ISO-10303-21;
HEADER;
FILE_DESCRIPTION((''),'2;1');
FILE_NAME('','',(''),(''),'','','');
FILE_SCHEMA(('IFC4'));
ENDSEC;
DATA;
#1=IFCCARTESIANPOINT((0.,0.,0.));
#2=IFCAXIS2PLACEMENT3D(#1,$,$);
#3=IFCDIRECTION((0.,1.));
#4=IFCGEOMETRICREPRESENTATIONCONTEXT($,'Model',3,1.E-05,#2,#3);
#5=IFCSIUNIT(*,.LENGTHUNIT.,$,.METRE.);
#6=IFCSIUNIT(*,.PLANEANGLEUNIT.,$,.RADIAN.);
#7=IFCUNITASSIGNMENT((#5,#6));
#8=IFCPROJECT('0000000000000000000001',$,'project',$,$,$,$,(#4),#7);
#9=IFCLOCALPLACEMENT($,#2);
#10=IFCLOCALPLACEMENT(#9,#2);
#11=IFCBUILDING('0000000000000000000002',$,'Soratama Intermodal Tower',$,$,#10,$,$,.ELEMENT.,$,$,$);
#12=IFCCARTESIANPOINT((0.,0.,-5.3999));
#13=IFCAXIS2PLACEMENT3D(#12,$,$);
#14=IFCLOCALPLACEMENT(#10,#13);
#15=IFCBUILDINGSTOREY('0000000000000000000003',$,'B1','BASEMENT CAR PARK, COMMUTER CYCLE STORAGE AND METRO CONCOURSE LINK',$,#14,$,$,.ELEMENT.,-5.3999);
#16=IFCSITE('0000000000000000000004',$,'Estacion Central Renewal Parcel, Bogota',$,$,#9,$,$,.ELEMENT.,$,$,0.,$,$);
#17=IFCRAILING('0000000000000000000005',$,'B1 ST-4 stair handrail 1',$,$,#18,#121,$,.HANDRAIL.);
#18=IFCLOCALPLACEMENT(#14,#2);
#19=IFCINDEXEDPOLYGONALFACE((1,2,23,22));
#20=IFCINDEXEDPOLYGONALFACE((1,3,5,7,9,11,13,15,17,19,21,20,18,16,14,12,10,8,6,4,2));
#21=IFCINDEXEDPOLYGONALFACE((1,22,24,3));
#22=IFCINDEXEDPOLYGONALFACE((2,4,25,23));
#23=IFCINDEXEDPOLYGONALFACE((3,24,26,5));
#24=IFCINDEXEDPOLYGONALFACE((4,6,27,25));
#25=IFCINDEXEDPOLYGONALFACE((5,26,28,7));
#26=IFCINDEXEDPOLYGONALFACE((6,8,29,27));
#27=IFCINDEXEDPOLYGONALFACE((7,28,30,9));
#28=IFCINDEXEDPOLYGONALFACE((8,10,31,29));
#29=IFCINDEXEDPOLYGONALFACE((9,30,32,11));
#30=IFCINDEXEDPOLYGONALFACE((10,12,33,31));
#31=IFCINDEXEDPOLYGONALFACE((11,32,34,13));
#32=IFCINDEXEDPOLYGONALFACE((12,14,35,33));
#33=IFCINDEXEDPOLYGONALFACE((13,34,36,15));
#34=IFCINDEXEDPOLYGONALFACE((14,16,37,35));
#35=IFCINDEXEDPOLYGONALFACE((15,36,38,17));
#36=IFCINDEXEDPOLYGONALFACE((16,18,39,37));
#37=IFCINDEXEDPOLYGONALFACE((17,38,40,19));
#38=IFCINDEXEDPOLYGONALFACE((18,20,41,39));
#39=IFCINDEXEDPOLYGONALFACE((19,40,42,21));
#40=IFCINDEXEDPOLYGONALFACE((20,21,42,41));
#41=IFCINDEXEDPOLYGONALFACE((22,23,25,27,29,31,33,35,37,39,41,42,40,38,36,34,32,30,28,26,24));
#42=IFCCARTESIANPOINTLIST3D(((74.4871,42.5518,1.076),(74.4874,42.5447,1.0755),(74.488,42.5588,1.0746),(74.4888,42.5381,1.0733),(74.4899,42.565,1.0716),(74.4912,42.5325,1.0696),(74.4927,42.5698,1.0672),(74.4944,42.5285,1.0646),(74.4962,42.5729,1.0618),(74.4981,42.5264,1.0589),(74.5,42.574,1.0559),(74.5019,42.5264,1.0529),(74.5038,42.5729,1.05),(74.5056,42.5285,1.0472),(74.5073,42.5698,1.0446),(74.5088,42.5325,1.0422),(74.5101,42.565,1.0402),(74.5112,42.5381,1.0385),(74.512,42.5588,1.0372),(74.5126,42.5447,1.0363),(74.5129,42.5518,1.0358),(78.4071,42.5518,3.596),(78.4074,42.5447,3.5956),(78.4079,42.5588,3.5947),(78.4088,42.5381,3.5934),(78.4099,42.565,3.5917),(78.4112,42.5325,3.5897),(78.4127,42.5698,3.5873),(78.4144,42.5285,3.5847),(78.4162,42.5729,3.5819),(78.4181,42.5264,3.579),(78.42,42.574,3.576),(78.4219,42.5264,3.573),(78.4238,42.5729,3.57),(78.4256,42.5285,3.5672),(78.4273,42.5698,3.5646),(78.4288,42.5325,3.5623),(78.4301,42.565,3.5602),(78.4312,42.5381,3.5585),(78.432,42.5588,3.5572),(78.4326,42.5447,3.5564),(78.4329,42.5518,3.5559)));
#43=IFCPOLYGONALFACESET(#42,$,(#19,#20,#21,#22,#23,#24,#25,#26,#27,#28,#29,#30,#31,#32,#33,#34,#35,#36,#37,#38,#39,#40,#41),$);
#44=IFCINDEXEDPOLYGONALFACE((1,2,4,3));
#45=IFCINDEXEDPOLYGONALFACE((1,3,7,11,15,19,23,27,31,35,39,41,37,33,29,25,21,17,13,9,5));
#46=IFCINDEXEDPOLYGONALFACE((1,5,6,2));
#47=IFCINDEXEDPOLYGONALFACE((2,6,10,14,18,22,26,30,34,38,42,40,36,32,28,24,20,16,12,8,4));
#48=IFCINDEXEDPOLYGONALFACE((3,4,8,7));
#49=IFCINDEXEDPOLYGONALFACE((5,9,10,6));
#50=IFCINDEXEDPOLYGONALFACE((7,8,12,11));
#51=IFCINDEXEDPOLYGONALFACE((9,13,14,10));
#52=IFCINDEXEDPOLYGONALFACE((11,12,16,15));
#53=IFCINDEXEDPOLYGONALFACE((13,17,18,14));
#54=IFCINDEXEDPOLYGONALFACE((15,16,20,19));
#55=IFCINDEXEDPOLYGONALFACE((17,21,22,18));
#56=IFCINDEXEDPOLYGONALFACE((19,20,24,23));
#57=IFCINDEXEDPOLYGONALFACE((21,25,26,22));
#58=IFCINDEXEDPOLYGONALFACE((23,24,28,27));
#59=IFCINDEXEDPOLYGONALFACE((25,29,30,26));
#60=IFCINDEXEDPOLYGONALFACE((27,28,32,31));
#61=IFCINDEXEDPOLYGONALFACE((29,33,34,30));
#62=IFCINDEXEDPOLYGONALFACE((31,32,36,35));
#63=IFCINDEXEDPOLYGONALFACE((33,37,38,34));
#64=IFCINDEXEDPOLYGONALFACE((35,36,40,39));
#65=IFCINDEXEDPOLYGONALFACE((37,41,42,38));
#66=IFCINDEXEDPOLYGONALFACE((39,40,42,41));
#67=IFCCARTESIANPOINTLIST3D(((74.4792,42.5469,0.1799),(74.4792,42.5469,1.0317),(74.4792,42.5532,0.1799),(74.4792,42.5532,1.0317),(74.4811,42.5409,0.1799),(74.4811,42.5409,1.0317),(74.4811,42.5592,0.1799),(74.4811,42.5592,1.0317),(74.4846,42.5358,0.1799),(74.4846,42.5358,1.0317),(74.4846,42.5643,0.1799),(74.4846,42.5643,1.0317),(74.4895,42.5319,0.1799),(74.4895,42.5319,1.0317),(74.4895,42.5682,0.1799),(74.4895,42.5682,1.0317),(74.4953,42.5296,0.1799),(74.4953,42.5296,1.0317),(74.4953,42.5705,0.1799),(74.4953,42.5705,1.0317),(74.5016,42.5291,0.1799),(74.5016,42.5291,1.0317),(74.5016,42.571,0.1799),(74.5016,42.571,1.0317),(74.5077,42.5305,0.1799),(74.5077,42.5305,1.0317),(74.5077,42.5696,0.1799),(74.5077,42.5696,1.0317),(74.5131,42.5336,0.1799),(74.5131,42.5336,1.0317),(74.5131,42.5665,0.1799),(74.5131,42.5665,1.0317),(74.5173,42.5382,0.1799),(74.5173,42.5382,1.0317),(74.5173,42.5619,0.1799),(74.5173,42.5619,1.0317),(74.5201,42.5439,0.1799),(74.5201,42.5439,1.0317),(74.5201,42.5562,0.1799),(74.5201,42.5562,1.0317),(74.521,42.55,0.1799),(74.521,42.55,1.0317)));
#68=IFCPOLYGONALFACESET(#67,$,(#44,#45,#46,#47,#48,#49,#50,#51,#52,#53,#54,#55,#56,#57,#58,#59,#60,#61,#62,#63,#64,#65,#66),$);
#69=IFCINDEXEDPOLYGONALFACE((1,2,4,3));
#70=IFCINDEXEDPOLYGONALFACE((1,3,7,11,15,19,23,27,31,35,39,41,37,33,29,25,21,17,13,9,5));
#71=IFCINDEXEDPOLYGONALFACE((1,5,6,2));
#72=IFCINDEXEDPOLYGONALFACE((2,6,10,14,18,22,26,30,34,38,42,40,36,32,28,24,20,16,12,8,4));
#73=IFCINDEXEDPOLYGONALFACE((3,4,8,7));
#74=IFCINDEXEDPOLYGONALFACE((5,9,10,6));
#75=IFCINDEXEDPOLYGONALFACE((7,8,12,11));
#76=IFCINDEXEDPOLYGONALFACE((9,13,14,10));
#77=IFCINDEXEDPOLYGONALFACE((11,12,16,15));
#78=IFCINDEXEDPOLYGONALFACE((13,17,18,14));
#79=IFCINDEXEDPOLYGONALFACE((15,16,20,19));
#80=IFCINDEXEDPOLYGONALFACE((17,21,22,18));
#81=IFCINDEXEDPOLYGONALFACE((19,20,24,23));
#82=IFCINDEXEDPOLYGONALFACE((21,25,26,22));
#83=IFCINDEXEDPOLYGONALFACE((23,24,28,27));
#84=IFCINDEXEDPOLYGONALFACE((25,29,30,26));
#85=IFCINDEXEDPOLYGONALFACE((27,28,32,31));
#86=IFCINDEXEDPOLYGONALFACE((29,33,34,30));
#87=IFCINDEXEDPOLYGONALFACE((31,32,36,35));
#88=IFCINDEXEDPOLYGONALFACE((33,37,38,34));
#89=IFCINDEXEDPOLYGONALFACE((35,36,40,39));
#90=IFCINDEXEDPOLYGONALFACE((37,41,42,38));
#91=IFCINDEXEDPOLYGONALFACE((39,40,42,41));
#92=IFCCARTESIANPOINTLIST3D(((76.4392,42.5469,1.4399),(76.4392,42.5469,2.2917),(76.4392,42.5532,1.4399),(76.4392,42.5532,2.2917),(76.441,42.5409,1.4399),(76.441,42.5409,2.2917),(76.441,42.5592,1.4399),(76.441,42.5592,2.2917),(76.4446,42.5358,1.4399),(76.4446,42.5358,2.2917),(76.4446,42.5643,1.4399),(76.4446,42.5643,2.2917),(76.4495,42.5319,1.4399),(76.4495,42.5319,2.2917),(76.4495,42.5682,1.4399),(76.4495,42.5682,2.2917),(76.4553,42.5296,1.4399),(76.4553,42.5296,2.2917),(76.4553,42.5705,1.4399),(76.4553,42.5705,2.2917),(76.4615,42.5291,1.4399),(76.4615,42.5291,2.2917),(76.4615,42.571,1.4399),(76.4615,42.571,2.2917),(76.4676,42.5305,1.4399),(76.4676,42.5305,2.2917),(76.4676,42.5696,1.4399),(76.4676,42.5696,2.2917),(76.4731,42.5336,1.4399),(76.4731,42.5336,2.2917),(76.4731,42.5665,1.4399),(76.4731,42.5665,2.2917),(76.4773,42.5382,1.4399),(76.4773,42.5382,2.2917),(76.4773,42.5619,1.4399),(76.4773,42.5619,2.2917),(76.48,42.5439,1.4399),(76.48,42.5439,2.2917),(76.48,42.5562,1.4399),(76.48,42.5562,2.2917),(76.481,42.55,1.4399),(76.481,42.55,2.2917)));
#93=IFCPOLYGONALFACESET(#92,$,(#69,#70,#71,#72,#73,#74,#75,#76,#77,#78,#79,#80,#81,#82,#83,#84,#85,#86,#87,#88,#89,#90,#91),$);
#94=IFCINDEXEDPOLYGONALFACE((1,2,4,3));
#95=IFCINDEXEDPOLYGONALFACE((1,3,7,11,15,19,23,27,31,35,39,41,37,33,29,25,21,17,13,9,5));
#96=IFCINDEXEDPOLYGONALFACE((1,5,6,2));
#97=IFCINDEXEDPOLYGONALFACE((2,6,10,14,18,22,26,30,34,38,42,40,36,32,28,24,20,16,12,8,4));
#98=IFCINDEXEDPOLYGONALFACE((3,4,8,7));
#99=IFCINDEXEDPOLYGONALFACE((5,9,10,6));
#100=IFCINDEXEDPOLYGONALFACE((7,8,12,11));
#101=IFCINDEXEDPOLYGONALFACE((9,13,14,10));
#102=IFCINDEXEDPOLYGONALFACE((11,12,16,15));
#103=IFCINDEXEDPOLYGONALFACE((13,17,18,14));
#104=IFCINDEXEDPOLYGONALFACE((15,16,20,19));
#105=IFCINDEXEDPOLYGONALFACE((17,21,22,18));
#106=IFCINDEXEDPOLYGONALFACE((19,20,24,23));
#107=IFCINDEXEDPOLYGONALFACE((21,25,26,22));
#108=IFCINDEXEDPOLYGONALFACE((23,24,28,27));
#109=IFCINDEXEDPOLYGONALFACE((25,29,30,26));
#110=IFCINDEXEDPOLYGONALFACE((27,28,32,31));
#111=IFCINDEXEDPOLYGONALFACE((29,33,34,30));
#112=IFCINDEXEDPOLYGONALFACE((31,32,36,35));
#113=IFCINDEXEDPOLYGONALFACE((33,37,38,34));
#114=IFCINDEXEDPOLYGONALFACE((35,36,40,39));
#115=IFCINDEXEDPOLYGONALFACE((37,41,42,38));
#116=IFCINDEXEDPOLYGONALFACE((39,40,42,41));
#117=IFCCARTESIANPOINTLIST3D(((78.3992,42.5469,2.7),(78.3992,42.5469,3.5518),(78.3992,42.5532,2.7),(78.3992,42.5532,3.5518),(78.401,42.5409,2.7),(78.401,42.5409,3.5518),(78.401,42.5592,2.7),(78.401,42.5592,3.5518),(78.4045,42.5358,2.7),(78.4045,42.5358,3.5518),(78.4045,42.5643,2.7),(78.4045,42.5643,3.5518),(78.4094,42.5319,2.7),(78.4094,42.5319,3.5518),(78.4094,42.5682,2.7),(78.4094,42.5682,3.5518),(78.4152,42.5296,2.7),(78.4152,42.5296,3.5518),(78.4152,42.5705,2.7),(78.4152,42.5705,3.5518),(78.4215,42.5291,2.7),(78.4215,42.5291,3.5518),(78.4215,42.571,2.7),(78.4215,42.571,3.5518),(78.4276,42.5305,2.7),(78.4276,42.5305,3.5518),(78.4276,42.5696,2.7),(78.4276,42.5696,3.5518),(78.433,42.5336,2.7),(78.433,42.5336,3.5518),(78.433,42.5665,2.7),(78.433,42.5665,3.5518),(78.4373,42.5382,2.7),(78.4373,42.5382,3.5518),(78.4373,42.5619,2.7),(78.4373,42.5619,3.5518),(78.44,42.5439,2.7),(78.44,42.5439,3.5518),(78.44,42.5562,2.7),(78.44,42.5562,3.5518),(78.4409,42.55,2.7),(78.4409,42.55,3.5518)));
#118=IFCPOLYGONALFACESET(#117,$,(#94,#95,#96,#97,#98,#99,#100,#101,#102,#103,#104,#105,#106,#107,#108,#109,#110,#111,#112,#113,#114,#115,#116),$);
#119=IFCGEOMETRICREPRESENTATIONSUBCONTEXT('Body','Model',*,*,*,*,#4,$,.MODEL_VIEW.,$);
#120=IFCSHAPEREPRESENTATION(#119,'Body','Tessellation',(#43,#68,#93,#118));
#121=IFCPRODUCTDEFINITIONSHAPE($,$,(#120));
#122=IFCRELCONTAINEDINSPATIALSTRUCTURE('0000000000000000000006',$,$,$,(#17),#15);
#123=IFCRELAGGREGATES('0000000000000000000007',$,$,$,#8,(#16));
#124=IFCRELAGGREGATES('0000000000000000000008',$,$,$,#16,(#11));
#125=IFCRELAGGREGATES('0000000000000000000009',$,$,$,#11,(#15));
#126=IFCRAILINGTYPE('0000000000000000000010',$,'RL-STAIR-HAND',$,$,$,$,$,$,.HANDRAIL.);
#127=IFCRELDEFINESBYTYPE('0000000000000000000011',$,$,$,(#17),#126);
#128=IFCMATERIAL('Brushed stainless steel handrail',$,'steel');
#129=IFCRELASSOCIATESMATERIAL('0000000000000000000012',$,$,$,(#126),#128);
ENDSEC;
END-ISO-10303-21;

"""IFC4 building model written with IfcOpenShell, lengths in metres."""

from ifc_helpers import new_model, si_unit, direction, frame, origin, origin_2d, place, context, subcontext, project, spatial, circle, extrude, material, type_object, element, save


model = new_model("IFC4")

# Units and contexts
model_context = context("Model", 3, precision=1e-05, world=origin(), true_north=direction((0.0, 1.0)))
body_context = subcontext(model_context, "Body", "Model", "MODEL_VIEW")
ifc_project = project(units=[si_unit("LENGTHUNIT", "METRE"), si_unit("PLANEANGLEUNIT", "RADIAN")], contexts=[model_context])

# Site, building, storey
site_placement = place(None, origin())
site = spatial("IfcSite", under=ifc_project, at=site_placement, Name="Estacion Central Renewal Parcel, Bogota", CompositionType="ELEMENT", RefElevation=0.0)
building_placement = place(site_placement, origin())
building = spatial("IfcBuilding", under=site, at=building_placement, Name="Soratama Intermodal Tower", CompositionType="ELEMENT")
storey_placement = place(building_placement, frame((0.0, 0.0, -5.3999)))
storey = spatial("IfcBuildingStorey", under=building, at=storey_placement, Name="B1", Description="BASEMENT CAR PARK, COMMUTER CYCLE STORAGE AND METRO CONCOURSE LINK", CompositionType="ELEMENT", Elevation=-5.3999)

# Railing
ifc_material_1 = material(Name="Brushed stainless steel handrail", Category="steel")
railing_type_1 = type_object("IfcRailingType", Name="RL-STAIR-HAND", PredefinedType="HANDRAIL", material=ifc_material_1)
railing_1_placement = place(storey_placement, frame((74.5, 42.55, 0.1799)))
element("IfcRailing", 1, at=railing_1_placement, inside=storey, type_object=railing_type_1, Name="B1 ST-4 stair handrail 1", PredefinedType="HANDRAIL", context=body_context, shape_type="SweptSolid", body=[
    extrude(circle(Radius=0.0239, at=origin_2d()), frame((0.0, 0.0, 0.876), z_axis=(0.841172, 0.0, 0.540768), x_axis=(0.0, 1.0, 0.0)), (0.0, 0.0, 1.0), 4.6602),
    extrude(circle(Radius=0.021, at=origin_2d()), origin(), (0.0, 0.0, 1.0), 0.8518),
    extrude(circle(Radius=0.021, at=origin_2d()), frame((1.96, 0.0, 1.26)), (0.0, 0.0, 1.0), 0.8518),
    extrude(circle(Radius=0.021, at=origin_2d()), frame((3.9199, 0.0, 2.52)), (0.0, 0.0, 1.0), 0.8518),
])

save(model, "model.ifc")
